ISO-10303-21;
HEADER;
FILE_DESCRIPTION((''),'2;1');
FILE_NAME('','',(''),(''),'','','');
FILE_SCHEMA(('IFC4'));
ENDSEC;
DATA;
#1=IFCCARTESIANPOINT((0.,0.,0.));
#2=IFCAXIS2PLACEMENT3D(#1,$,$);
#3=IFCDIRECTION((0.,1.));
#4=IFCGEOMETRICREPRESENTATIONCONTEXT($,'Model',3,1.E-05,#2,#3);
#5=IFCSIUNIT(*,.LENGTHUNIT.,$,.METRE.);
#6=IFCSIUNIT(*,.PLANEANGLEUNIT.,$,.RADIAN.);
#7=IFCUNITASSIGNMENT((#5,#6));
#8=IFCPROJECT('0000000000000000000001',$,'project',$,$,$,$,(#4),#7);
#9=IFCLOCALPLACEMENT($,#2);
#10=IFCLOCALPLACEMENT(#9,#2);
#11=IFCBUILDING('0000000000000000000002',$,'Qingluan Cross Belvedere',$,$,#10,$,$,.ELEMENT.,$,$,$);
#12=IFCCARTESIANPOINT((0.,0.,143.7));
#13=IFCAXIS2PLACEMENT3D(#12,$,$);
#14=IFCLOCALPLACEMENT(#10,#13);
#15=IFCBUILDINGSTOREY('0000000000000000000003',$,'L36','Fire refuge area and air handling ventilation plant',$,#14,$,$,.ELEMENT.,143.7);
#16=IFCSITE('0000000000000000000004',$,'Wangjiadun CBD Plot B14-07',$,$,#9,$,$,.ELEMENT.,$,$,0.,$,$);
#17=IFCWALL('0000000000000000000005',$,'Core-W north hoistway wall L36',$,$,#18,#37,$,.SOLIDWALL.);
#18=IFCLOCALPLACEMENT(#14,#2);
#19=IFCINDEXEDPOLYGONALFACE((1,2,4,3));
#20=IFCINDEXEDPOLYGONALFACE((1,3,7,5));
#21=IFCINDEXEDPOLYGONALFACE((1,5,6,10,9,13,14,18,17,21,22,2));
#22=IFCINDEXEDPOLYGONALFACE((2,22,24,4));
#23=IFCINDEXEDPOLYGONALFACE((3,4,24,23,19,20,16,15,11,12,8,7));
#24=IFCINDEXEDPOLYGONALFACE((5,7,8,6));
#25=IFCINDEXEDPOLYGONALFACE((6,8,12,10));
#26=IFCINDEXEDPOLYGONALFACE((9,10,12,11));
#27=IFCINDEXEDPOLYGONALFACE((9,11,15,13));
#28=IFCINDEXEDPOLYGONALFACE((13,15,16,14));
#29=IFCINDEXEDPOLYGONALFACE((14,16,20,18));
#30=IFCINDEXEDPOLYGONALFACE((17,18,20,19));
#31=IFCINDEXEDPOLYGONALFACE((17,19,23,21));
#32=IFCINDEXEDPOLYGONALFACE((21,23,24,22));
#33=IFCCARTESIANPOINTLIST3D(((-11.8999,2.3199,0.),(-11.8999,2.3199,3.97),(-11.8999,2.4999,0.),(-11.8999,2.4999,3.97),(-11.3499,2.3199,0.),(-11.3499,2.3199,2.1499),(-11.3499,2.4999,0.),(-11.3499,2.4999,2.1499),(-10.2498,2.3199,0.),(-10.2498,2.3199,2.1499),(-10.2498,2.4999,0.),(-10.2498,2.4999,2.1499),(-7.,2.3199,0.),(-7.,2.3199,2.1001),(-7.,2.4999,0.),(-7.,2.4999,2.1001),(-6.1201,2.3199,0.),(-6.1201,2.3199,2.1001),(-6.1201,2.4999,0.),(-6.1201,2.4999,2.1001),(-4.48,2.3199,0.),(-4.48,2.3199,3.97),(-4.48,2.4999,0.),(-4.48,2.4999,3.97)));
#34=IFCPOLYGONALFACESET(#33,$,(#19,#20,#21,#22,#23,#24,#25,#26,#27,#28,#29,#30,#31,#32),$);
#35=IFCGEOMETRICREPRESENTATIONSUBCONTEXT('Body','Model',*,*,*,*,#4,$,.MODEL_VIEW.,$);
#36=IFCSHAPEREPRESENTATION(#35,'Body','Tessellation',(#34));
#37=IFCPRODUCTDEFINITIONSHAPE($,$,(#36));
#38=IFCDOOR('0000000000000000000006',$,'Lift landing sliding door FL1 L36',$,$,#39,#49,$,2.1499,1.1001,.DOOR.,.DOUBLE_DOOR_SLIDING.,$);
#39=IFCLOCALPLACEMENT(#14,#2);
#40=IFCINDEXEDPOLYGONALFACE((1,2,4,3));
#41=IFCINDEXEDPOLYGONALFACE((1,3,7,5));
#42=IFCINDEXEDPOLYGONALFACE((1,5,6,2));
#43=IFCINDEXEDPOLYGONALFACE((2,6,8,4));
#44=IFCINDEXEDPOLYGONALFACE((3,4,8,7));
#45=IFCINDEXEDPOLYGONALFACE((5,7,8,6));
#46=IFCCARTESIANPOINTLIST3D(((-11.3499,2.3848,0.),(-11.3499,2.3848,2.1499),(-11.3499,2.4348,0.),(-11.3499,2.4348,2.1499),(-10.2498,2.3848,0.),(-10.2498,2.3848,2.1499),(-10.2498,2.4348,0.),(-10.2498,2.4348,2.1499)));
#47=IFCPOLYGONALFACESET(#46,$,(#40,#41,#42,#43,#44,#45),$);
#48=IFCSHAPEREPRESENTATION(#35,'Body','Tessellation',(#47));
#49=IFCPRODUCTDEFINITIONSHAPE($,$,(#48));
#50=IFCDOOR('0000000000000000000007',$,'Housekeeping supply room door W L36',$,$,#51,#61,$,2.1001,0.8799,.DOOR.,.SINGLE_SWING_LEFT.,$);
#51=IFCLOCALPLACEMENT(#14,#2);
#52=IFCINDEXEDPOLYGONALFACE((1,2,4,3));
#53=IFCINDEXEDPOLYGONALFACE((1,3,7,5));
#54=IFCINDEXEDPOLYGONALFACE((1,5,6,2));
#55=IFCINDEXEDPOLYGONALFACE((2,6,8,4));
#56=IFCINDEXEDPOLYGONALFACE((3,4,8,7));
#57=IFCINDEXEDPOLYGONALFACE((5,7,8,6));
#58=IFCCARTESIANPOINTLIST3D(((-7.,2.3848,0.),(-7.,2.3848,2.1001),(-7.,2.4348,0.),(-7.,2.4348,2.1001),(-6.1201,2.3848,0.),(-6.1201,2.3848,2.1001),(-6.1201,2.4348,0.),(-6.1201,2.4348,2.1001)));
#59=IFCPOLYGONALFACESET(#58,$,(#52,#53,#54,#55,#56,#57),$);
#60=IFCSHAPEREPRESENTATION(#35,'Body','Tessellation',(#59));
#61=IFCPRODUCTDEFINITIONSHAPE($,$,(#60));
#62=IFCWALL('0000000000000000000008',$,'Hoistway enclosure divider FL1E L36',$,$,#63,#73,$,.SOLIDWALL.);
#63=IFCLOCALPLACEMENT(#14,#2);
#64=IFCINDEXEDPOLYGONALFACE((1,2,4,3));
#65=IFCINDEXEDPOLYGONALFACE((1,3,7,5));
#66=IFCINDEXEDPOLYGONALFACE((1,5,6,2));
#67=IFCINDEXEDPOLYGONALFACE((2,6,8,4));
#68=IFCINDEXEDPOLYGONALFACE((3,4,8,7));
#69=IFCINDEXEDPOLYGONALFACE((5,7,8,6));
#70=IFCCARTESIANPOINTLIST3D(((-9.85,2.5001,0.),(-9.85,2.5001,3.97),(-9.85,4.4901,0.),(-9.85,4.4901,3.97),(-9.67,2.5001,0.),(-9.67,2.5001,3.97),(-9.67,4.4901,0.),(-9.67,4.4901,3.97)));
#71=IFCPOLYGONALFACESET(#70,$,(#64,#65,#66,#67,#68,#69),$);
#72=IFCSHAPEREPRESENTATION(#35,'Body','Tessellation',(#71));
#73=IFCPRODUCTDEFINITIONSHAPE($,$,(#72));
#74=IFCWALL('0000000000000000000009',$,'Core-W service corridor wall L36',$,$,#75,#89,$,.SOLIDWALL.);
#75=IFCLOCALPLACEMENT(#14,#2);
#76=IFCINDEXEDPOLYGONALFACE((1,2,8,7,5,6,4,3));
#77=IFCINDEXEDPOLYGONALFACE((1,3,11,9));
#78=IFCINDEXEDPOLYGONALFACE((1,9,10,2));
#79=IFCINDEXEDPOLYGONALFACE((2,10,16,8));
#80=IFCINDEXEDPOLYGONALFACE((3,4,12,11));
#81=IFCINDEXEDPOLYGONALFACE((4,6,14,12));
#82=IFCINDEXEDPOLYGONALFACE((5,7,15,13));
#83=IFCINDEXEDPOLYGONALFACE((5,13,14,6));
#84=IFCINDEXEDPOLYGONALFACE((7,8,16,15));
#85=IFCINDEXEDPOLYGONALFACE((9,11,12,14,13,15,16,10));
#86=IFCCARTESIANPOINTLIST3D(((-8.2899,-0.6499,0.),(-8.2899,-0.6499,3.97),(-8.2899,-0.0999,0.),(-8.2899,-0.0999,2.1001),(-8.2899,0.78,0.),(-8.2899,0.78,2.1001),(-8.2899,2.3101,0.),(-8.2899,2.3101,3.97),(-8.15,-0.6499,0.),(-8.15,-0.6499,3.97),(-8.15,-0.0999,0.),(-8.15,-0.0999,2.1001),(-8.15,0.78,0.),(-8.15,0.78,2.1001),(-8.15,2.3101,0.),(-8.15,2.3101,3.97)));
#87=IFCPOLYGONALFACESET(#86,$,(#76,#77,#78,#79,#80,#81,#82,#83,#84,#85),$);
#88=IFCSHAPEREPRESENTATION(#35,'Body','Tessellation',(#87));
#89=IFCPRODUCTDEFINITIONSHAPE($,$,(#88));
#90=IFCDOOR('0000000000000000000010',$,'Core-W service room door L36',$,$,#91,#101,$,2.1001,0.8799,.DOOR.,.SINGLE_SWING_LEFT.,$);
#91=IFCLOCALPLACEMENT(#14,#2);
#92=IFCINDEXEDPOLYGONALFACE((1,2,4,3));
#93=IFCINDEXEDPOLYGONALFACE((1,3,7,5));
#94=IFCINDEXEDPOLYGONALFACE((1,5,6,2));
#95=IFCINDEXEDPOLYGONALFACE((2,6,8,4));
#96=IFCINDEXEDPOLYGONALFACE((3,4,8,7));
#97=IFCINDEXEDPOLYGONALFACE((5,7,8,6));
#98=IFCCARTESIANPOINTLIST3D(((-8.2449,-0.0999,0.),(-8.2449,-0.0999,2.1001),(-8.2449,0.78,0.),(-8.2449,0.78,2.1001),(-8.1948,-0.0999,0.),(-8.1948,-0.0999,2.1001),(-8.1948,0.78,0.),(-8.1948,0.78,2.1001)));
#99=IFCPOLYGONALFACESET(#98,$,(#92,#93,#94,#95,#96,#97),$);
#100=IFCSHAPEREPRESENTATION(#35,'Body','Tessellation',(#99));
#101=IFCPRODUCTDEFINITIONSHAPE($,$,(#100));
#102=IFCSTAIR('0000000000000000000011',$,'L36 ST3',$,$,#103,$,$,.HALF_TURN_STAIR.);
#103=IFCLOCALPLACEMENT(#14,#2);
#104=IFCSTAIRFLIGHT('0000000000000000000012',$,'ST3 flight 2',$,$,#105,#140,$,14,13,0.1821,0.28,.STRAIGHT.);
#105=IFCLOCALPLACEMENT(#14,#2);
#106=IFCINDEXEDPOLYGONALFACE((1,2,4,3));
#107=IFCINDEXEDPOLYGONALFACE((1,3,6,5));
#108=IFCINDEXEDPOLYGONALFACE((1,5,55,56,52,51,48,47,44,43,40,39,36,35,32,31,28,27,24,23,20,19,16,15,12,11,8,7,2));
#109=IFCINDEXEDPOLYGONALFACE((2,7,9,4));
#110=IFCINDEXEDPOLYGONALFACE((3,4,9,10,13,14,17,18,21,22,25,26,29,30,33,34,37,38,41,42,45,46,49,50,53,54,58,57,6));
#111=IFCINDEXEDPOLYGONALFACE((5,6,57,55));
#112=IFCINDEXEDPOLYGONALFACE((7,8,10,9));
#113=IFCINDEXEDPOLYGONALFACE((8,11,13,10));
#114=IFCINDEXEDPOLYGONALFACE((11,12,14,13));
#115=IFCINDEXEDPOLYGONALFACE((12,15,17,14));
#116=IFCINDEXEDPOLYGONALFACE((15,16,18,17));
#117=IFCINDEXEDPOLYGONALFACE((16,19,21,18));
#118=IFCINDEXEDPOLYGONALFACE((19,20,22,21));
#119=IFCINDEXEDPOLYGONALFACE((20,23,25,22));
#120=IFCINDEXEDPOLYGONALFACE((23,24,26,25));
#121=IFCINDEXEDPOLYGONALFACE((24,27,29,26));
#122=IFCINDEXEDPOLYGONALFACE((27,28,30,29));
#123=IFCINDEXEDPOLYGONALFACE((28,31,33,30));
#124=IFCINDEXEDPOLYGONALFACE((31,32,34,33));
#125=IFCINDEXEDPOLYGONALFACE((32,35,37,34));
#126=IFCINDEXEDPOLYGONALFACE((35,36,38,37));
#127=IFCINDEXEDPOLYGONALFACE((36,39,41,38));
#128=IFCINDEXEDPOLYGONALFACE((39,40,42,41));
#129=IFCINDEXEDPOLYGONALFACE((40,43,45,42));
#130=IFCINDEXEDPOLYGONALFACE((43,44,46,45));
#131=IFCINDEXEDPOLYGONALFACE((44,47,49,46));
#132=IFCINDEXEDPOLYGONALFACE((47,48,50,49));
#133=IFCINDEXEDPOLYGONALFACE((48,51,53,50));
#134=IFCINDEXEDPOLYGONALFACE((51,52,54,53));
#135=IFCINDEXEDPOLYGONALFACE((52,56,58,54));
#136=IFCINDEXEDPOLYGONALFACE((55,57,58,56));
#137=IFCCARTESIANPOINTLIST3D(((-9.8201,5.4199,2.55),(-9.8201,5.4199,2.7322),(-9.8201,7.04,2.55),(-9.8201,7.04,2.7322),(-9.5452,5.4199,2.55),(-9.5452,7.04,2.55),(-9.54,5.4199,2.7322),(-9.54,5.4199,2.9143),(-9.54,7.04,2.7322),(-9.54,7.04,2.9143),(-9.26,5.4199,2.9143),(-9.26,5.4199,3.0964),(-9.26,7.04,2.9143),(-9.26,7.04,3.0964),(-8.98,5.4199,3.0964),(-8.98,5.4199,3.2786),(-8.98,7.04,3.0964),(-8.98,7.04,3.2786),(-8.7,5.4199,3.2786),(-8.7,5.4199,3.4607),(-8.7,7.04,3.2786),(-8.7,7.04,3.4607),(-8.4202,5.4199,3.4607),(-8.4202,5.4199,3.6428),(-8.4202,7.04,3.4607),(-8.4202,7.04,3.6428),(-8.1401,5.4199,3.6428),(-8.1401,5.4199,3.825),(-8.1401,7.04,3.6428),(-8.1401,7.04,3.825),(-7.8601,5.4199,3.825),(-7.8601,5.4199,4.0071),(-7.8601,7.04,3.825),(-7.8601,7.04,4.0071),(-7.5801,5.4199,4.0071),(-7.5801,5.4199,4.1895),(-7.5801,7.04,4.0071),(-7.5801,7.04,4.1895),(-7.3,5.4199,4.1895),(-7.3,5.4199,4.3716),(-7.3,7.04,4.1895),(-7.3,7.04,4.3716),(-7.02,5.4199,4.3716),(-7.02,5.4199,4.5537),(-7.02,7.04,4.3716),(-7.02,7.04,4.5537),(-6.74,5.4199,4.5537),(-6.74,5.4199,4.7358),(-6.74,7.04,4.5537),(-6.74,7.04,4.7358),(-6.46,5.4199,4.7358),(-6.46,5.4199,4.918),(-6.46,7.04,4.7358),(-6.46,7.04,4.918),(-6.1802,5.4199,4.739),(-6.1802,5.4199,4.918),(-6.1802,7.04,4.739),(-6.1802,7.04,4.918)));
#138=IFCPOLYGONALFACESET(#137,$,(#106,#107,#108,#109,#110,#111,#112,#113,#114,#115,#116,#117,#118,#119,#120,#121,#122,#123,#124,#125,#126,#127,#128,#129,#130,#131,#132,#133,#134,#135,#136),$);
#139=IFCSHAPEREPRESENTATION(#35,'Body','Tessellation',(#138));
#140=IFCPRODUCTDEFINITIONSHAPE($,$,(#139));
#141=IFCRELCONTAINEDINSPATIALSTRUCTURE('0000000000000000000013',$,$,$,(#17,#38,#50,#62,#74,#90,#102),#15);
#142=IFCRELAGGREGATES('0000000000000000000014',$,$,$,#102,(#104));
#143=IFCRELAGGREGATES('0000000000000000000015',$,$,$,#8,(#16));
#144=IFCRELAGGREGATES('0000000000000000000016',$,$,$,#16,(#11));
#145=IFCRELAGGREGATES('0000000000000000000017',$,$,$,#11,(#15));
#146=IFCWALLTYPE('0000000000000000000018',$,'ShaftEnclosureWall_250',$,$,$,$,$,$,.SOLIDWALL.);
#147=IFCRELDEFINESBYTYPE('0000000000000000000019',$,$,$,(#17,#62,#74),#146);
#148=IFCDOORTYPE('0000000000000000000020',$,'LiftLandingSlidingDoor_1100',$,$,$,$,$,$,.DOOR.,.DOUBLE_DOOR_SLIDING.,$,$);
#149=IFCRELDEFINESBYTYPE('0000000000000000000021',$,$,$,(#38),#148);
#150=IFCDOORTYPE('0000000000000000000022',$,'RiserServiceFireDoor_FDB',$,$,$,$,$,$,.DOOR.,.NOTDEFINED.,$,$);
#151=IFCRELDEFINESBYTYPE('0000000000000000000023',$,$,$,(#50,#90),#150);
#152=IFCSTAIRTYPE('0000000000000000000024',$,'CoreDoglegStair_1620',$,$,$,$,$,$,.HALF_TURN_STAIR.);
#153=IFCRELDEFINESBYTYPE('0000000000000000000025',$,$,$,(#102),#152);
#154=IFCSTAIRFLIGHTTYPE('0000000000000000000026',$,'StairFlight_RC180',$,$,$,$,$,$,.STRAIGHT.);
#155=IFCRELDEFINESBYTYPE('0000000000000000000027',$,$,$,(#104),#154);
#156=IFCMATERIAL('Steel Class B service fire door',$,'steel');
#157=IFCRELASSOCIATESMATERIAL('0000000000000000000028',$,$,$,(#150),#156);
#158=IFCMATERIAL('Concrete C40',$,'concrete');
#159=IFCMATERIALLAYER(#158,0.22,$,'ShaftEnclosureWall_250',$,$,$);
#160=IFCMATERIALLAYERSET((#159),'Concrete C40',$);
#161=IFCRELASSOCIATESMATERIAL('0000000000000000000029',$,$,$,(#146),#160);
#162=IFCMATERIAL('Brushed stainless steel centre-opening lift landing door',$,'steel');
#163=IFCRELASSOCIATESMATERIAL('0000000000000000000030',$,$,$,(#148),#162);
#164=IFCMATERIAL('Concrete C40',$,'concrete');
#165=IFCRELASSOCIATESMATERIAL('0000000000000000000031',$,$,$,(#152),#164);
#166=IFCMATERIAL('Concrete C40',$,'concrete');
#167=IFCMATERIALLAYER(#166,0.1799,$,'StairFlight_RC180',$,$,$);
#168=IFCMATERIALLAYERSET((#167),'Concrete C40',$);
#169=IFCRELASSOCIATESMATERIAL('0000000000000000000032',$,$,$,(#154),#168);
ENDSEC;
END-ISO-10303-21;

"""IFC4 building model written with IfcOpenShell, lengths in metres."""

from ifc_helpers import new_model, si_unit, direction, frame, frame_2d, origin, place, context, subcontext, project, spatial, polyline, rectangle, outline, extrude, material, layer, layer_set, type_object, element, fill, aggregate, save


model = new_model("IFC4")

# Units and contexts
model_context = context("Model", 3, precision=1e-05, world=origin(), true_north=direction((0.0, 1.0)))
body_context = subcontext(model_context, "Body", "Model", "MODEL_VIEW")
ifc_project = project(units=[si_unit("LENGTHUNIT", "METRE"), si_unit("PLANEANGLEUNIT", "RADIAN")], contexts=[model_context])

# Site, building, storey
site_placement = place(None, origin())
site = spatial("IfcSite", under=ifc_project, at=site_placement, Name="Wangjiadun CBD Plot B14-07", CompositionType="ELEMENT", RefElevation=0.0)
building_placement = place(site_placement, origin())
building = spatial("IfcBuilding", under=site, at=building_placement, Name="Qingluan Cross Belvedere", CompositionType="ELEMENT")
storey_placement = place(building_placement, frame((0.0, 0.0, 143.7)))
storey = spatial("IfcBuildingStorey", under=building, at=storey_placement, Name="L36", Description="Fire refuge area and air handling ventilation plant", CompositionType="ELEMENT", Elevation=143.7)

# Shared definitions
ifc_material_1 = material(Name="Steel Class B service fire door", Category="steel")
door_type_1 = type_object("IfcDoorType", Name="RiserServiceFireDoor_FDB", OperationType="NOTDEFINED", PredefinedType="DOOR", material=ifc_material_1)

# Wall, openings, doors
ifc_material_2 = material(Name="Concrete C40", Category="concrete")
ifc_layer_1 = layer(ifc_material_2, 0.22, Name="ShaftEnclosureWall_250")
ifc_layer_set_1 = layer_set([ifc_layer_1], Name="Concrete C40")
wall_type_1 = type_object("IfcWallType", Name="ShaftEnclosureWall_250", PredefinedType="SOLIDWALL", material=ifc_layer_set_1)
wall_1_placement = place(storey_placement, frame((-11.8999, 2.4099, 0.0), z_axis=(0.0, 0.0, 1.0), x_axis=(1.0, 0.0, 0.0)))
wall_1 = element("IfcWall", 1, at=wall_1_placement, inside=storey, type_object=wall_type_1, Name="Core-W north hoistway wall L36", PredefinedType="SOLIDWALL", context=body_context, shape_type="SweptSolid", body=[
    extrude(rectangle(XDim=7.4199, YDim=0.1799, at=frame_2d((3.71, 0.0))), origin(), (0.0, 0.0, 1.0), 3.97),
])
opening_1_placement = place(wall_1_placement, frame((0.55, 0.0, 0.0)))
opening_1 = element("IfcOpeningElement", 2, at=opening_1_placement, cuts=wall_1, PredefinedType="OPENING", context=body_context, shape_type="SweptSolid", body=[
    extrude(rectangle(XDim=1.1001, YDim=2.1499, at=frame_2d((0.55, 1.075))), frame((0.0, 0.0999, 0.0), z_axis=(0.0, -1.0, 0.0), x_axis=(1.0, 0.0, 0.0)), (0.0, 0.0, 1.0), 0.2),
])
opening_2_placement = place(wall_1_placement, frame((4.8999, 0.0, 0.0)))
opening_2 = element("IfcOpeningElement", 3, at=opening_2_placement, cuts=wall_1, PredefinedType="OPENING", context=body_context, shape_type="SweptSolid", body=[
    extrude(rectangle(XDim=0.8799, YDim=2.1001, at=frame_2d((0.4399, 1.05))), frame((0.0, 0.0999, 0.0), z_axis=(0.0, -1.0, 0.0), x_axis=(1.0, 0.0, 0.0)), (0.0, 0.0, 1.0), 0.2),
])
ifc_material_3 = material(Name="Brushed stainless steel centre-opening lift landing door", Category="steel")
door_type_2 = type_object("IfcDoorType", Name="LiftLandingSlidingDoor_1100", OperationType="DOUBLE_DOOR_SLIDING", PredefinedType="DOOR", material=ifc_material_3)
door_1_placement = place(opening_1_placement, origin())
door_1 = element("IfcDoor", 4, at=door_1_placement, inside=storey, type_object=door_type_2, Name="Lift landing sliding door FL1 L36", OperationType="DOUBLE_DOOR_SLIDING", OverallHeight=2.1499, OverallWidth=1.1001, PredefinedType="DOOR", context=body_context, shape_type="SweptSolid", body=[
    extrude(rectangle(XDim=1.1001, YDim=2.1499, at=frame_2d((0.55, 1.075))), frame((0.0, 0.0249, 0.0), z_axis=(0.0, -1.0, 0.0), x_axis=(1.0, 0.0, 0.0)), (0.0, 0.0, 1.0), 0.05),
])
fill(opening_1, door_1)
door_2_placement = place(opening_2_placement, origin())
door_2 = element("IfcDoor", 5, at=door_2_placement, inside=storey, type_object=door_type_1, Name="Housekeeping supply room door W L36", OperationType="SINGLE_SWING_LEFT", OverallHeight=2.1001, OverallWidth=0.8799, PredefinedType="DOOR", context=body_context, shape_type="SweptSolid", body=[
    extrude(rectangle(XDim=0.8799, YDim=2.1001, at=frame_2d((0.4399, 1.05))), frame((0.0, 0.0249, 0.0), z_axis=(0.0, -1.0, 0.0), x_axis=(1.0, 0.0, 0.0)), (0.0, 0.0, 1.0), 0.05),
])
fill(opening_2, door_2)

# Wall
wall_2_placement = place(storey_placement, frame((-9.76, 2.5, 0.0), z_axis=(0.0, 0.0, 1.0), x_axis=(0.0, 1.0, 0.0)))
element("IfcWall", 6, at=wall_2_placement, inside=storey, type_object=wall_type_1, Name="Hoistway enclosure divider FL1E L36", PredefinedType="SOLIDWALL", context=body_context, shape_type="SweptSolid", body=[
    extrude(rectangle(XDim=1.99, YDim=0.1799, at=frame_2d((0.9951, 0.0))), origin(), (0.0, 0.0, 1.0), 3.97),
])

# Wall, opening, door
wall_3_placement = place(storey_placement, frame((-8.22, -0.6499, 0.0), z_axis=(0.0, 0.0, 1.0), x_axis=(0.0, 1.0, 0.0)))
wall_3 = element("IfcWall", 7, at=wall_3_placement, inside=storey, type_object=wall_type_1, Name="Core-W service corridor wall L36", PredefinedType="SOLIDWALL", context=body_context, shape_type="SweptSolid", body=[
    extrude(rectangle(XDim=2.96, YDim=0.1399, at=frame_2d((1.48, 0.0))), origin(), (0.0, 0.0, 1.0), 3.97),
])
opening_3_placement = place(wall_3_placement, frame((0.55, 0.0, 0.0)))
opening_3 = element("IfcOpeningElement", 8, at=opening_3_placement, cuts=wall_3, PredefinedType="OPENING", context=body_context, shape_type="SweptSolid", body=[
    extrude(rectangle(XDim=0.8799, YDim=2.1001, at=frame_2d((0.4399, 1.05))), frame((0.0, 0.0798, 0.0), z_axis=(0.0, -1.0, 0.0), x_axis=(1.0, 0.0, 0.0)), (0.0, 0.0, 1.0), 0.1599),
])
door_3_placement = place(opening_3_placement, origin())
door_3 = element("IfcDoor", 9, at=door_3_placement, inside=storey, type_object=door_type_1, Name="Core-W service room door L36", OperationType="SINGLE_SWING_LEFT", OverallHeight=2.1001, OverallWidth=0.8799, PredefinedType="DOOR", context=body_context, shape_type="SweptSolid", body=[
    extrude(rectangle(XDim=0.8799, YDim=2.1001, at=frame_2d((0.4399, 1.05))), frame((0.0, 0.0249, 0.0), z_axis=(0.0, -1.0, 0.0), x_axis=(1.0, 0.0, 0.0)), (0.0, 0.0, 1.0), 0.05),
])
fill(opening_3, door_3)

# Stair, stair flight
ifc_material_4 = material(Name="Concrete C40", Category="concrete")
stair_type = type_object("IfcStairType", Name="CoreDoglegStair_1620", PredefinedType="HALF_TURN_STAIR", material=ifc_material_4)
stair_placement = place(storey_placement, origin())
stair = element("IfcStair", 10, at=stair_placement, inside=storey, type_object=stair_type, Name="L36 ST3", PredefinedType="HALF_TURN_STAIR")
ifc_material_5 = material(Name="Concrete C40", Category="concrete")
ifc_layer_2 = layer(ifc_material_5, 0.1799, Name="StairFlight_RC180")
ifc_layer_set_2 = layer_set([ifc_layer_2], Name="Concrete C40")
stair_flight_type = type_object("IfcStairFlightType", Name="StairFlight_RC180", PredefinedType="STRAIGHT", material=ifc_layer_set_2)
stair_flight_placement = place(storey_placement, frame((-9.8201, 6.23, 2.55), z_axis=(0.0, 0.0, 1.0), x_axis=(1.0, 0.0, 0.0)))
stair_flight = element("IfcStairFlight", 11, at=stair_flight_placement, type_object=stair_flight_type, Name="ST3 flight 2", NumberOfRisers=14, NumberOfTreads=13, PredefinedType="STRAIGHT", RiserHeight=0.1821, TreadLength=0.28, context=body_context, shape_type="SweptSolid", body=[
    extrude(outline(polyline([(0.0, 0.0), (0.0, 0.1821), (0.28, 0.1821), (0.28, 0.3643), (0.5601, 0.3643), (0.5601, 0.5464), (0.8401, 0.5464), (0.8401, 0.7285), (1.1201, 0.7285), (1.1201, 0.9106), (1.3999, 0.9106), (1.3999, 1.0928), (1.6799, 1.0928), (1.6799, 1.2749), (1.96, 1.2749), (1.96, 1.457), (2.24, 1.457), (2.24, 1.6394), (2.52, 1.6394), (2.52, 1.8215), (2.8, 1.8215), (2.8, 2.0037), (3.0801, 2.0037), (3.0801, 2.1858), (3.3601, 2.1858), (3.3601, 2.3679), (3.6399, 2.3679), (3.6399, 2.55), (3.6399, 2.189), (0.2749, 0.0), (0.0, 0.0)])), frame((0.0, 0.8101, 0.0), z_axis=(0.0, -1.0, 0.0), x_axis=(1.0, 0.0, 0.0)), (0.0, 0.0, 1.0), 1.6201),
])
aggregate(stair, [stair_flight])

save(model, "model.ifc")
